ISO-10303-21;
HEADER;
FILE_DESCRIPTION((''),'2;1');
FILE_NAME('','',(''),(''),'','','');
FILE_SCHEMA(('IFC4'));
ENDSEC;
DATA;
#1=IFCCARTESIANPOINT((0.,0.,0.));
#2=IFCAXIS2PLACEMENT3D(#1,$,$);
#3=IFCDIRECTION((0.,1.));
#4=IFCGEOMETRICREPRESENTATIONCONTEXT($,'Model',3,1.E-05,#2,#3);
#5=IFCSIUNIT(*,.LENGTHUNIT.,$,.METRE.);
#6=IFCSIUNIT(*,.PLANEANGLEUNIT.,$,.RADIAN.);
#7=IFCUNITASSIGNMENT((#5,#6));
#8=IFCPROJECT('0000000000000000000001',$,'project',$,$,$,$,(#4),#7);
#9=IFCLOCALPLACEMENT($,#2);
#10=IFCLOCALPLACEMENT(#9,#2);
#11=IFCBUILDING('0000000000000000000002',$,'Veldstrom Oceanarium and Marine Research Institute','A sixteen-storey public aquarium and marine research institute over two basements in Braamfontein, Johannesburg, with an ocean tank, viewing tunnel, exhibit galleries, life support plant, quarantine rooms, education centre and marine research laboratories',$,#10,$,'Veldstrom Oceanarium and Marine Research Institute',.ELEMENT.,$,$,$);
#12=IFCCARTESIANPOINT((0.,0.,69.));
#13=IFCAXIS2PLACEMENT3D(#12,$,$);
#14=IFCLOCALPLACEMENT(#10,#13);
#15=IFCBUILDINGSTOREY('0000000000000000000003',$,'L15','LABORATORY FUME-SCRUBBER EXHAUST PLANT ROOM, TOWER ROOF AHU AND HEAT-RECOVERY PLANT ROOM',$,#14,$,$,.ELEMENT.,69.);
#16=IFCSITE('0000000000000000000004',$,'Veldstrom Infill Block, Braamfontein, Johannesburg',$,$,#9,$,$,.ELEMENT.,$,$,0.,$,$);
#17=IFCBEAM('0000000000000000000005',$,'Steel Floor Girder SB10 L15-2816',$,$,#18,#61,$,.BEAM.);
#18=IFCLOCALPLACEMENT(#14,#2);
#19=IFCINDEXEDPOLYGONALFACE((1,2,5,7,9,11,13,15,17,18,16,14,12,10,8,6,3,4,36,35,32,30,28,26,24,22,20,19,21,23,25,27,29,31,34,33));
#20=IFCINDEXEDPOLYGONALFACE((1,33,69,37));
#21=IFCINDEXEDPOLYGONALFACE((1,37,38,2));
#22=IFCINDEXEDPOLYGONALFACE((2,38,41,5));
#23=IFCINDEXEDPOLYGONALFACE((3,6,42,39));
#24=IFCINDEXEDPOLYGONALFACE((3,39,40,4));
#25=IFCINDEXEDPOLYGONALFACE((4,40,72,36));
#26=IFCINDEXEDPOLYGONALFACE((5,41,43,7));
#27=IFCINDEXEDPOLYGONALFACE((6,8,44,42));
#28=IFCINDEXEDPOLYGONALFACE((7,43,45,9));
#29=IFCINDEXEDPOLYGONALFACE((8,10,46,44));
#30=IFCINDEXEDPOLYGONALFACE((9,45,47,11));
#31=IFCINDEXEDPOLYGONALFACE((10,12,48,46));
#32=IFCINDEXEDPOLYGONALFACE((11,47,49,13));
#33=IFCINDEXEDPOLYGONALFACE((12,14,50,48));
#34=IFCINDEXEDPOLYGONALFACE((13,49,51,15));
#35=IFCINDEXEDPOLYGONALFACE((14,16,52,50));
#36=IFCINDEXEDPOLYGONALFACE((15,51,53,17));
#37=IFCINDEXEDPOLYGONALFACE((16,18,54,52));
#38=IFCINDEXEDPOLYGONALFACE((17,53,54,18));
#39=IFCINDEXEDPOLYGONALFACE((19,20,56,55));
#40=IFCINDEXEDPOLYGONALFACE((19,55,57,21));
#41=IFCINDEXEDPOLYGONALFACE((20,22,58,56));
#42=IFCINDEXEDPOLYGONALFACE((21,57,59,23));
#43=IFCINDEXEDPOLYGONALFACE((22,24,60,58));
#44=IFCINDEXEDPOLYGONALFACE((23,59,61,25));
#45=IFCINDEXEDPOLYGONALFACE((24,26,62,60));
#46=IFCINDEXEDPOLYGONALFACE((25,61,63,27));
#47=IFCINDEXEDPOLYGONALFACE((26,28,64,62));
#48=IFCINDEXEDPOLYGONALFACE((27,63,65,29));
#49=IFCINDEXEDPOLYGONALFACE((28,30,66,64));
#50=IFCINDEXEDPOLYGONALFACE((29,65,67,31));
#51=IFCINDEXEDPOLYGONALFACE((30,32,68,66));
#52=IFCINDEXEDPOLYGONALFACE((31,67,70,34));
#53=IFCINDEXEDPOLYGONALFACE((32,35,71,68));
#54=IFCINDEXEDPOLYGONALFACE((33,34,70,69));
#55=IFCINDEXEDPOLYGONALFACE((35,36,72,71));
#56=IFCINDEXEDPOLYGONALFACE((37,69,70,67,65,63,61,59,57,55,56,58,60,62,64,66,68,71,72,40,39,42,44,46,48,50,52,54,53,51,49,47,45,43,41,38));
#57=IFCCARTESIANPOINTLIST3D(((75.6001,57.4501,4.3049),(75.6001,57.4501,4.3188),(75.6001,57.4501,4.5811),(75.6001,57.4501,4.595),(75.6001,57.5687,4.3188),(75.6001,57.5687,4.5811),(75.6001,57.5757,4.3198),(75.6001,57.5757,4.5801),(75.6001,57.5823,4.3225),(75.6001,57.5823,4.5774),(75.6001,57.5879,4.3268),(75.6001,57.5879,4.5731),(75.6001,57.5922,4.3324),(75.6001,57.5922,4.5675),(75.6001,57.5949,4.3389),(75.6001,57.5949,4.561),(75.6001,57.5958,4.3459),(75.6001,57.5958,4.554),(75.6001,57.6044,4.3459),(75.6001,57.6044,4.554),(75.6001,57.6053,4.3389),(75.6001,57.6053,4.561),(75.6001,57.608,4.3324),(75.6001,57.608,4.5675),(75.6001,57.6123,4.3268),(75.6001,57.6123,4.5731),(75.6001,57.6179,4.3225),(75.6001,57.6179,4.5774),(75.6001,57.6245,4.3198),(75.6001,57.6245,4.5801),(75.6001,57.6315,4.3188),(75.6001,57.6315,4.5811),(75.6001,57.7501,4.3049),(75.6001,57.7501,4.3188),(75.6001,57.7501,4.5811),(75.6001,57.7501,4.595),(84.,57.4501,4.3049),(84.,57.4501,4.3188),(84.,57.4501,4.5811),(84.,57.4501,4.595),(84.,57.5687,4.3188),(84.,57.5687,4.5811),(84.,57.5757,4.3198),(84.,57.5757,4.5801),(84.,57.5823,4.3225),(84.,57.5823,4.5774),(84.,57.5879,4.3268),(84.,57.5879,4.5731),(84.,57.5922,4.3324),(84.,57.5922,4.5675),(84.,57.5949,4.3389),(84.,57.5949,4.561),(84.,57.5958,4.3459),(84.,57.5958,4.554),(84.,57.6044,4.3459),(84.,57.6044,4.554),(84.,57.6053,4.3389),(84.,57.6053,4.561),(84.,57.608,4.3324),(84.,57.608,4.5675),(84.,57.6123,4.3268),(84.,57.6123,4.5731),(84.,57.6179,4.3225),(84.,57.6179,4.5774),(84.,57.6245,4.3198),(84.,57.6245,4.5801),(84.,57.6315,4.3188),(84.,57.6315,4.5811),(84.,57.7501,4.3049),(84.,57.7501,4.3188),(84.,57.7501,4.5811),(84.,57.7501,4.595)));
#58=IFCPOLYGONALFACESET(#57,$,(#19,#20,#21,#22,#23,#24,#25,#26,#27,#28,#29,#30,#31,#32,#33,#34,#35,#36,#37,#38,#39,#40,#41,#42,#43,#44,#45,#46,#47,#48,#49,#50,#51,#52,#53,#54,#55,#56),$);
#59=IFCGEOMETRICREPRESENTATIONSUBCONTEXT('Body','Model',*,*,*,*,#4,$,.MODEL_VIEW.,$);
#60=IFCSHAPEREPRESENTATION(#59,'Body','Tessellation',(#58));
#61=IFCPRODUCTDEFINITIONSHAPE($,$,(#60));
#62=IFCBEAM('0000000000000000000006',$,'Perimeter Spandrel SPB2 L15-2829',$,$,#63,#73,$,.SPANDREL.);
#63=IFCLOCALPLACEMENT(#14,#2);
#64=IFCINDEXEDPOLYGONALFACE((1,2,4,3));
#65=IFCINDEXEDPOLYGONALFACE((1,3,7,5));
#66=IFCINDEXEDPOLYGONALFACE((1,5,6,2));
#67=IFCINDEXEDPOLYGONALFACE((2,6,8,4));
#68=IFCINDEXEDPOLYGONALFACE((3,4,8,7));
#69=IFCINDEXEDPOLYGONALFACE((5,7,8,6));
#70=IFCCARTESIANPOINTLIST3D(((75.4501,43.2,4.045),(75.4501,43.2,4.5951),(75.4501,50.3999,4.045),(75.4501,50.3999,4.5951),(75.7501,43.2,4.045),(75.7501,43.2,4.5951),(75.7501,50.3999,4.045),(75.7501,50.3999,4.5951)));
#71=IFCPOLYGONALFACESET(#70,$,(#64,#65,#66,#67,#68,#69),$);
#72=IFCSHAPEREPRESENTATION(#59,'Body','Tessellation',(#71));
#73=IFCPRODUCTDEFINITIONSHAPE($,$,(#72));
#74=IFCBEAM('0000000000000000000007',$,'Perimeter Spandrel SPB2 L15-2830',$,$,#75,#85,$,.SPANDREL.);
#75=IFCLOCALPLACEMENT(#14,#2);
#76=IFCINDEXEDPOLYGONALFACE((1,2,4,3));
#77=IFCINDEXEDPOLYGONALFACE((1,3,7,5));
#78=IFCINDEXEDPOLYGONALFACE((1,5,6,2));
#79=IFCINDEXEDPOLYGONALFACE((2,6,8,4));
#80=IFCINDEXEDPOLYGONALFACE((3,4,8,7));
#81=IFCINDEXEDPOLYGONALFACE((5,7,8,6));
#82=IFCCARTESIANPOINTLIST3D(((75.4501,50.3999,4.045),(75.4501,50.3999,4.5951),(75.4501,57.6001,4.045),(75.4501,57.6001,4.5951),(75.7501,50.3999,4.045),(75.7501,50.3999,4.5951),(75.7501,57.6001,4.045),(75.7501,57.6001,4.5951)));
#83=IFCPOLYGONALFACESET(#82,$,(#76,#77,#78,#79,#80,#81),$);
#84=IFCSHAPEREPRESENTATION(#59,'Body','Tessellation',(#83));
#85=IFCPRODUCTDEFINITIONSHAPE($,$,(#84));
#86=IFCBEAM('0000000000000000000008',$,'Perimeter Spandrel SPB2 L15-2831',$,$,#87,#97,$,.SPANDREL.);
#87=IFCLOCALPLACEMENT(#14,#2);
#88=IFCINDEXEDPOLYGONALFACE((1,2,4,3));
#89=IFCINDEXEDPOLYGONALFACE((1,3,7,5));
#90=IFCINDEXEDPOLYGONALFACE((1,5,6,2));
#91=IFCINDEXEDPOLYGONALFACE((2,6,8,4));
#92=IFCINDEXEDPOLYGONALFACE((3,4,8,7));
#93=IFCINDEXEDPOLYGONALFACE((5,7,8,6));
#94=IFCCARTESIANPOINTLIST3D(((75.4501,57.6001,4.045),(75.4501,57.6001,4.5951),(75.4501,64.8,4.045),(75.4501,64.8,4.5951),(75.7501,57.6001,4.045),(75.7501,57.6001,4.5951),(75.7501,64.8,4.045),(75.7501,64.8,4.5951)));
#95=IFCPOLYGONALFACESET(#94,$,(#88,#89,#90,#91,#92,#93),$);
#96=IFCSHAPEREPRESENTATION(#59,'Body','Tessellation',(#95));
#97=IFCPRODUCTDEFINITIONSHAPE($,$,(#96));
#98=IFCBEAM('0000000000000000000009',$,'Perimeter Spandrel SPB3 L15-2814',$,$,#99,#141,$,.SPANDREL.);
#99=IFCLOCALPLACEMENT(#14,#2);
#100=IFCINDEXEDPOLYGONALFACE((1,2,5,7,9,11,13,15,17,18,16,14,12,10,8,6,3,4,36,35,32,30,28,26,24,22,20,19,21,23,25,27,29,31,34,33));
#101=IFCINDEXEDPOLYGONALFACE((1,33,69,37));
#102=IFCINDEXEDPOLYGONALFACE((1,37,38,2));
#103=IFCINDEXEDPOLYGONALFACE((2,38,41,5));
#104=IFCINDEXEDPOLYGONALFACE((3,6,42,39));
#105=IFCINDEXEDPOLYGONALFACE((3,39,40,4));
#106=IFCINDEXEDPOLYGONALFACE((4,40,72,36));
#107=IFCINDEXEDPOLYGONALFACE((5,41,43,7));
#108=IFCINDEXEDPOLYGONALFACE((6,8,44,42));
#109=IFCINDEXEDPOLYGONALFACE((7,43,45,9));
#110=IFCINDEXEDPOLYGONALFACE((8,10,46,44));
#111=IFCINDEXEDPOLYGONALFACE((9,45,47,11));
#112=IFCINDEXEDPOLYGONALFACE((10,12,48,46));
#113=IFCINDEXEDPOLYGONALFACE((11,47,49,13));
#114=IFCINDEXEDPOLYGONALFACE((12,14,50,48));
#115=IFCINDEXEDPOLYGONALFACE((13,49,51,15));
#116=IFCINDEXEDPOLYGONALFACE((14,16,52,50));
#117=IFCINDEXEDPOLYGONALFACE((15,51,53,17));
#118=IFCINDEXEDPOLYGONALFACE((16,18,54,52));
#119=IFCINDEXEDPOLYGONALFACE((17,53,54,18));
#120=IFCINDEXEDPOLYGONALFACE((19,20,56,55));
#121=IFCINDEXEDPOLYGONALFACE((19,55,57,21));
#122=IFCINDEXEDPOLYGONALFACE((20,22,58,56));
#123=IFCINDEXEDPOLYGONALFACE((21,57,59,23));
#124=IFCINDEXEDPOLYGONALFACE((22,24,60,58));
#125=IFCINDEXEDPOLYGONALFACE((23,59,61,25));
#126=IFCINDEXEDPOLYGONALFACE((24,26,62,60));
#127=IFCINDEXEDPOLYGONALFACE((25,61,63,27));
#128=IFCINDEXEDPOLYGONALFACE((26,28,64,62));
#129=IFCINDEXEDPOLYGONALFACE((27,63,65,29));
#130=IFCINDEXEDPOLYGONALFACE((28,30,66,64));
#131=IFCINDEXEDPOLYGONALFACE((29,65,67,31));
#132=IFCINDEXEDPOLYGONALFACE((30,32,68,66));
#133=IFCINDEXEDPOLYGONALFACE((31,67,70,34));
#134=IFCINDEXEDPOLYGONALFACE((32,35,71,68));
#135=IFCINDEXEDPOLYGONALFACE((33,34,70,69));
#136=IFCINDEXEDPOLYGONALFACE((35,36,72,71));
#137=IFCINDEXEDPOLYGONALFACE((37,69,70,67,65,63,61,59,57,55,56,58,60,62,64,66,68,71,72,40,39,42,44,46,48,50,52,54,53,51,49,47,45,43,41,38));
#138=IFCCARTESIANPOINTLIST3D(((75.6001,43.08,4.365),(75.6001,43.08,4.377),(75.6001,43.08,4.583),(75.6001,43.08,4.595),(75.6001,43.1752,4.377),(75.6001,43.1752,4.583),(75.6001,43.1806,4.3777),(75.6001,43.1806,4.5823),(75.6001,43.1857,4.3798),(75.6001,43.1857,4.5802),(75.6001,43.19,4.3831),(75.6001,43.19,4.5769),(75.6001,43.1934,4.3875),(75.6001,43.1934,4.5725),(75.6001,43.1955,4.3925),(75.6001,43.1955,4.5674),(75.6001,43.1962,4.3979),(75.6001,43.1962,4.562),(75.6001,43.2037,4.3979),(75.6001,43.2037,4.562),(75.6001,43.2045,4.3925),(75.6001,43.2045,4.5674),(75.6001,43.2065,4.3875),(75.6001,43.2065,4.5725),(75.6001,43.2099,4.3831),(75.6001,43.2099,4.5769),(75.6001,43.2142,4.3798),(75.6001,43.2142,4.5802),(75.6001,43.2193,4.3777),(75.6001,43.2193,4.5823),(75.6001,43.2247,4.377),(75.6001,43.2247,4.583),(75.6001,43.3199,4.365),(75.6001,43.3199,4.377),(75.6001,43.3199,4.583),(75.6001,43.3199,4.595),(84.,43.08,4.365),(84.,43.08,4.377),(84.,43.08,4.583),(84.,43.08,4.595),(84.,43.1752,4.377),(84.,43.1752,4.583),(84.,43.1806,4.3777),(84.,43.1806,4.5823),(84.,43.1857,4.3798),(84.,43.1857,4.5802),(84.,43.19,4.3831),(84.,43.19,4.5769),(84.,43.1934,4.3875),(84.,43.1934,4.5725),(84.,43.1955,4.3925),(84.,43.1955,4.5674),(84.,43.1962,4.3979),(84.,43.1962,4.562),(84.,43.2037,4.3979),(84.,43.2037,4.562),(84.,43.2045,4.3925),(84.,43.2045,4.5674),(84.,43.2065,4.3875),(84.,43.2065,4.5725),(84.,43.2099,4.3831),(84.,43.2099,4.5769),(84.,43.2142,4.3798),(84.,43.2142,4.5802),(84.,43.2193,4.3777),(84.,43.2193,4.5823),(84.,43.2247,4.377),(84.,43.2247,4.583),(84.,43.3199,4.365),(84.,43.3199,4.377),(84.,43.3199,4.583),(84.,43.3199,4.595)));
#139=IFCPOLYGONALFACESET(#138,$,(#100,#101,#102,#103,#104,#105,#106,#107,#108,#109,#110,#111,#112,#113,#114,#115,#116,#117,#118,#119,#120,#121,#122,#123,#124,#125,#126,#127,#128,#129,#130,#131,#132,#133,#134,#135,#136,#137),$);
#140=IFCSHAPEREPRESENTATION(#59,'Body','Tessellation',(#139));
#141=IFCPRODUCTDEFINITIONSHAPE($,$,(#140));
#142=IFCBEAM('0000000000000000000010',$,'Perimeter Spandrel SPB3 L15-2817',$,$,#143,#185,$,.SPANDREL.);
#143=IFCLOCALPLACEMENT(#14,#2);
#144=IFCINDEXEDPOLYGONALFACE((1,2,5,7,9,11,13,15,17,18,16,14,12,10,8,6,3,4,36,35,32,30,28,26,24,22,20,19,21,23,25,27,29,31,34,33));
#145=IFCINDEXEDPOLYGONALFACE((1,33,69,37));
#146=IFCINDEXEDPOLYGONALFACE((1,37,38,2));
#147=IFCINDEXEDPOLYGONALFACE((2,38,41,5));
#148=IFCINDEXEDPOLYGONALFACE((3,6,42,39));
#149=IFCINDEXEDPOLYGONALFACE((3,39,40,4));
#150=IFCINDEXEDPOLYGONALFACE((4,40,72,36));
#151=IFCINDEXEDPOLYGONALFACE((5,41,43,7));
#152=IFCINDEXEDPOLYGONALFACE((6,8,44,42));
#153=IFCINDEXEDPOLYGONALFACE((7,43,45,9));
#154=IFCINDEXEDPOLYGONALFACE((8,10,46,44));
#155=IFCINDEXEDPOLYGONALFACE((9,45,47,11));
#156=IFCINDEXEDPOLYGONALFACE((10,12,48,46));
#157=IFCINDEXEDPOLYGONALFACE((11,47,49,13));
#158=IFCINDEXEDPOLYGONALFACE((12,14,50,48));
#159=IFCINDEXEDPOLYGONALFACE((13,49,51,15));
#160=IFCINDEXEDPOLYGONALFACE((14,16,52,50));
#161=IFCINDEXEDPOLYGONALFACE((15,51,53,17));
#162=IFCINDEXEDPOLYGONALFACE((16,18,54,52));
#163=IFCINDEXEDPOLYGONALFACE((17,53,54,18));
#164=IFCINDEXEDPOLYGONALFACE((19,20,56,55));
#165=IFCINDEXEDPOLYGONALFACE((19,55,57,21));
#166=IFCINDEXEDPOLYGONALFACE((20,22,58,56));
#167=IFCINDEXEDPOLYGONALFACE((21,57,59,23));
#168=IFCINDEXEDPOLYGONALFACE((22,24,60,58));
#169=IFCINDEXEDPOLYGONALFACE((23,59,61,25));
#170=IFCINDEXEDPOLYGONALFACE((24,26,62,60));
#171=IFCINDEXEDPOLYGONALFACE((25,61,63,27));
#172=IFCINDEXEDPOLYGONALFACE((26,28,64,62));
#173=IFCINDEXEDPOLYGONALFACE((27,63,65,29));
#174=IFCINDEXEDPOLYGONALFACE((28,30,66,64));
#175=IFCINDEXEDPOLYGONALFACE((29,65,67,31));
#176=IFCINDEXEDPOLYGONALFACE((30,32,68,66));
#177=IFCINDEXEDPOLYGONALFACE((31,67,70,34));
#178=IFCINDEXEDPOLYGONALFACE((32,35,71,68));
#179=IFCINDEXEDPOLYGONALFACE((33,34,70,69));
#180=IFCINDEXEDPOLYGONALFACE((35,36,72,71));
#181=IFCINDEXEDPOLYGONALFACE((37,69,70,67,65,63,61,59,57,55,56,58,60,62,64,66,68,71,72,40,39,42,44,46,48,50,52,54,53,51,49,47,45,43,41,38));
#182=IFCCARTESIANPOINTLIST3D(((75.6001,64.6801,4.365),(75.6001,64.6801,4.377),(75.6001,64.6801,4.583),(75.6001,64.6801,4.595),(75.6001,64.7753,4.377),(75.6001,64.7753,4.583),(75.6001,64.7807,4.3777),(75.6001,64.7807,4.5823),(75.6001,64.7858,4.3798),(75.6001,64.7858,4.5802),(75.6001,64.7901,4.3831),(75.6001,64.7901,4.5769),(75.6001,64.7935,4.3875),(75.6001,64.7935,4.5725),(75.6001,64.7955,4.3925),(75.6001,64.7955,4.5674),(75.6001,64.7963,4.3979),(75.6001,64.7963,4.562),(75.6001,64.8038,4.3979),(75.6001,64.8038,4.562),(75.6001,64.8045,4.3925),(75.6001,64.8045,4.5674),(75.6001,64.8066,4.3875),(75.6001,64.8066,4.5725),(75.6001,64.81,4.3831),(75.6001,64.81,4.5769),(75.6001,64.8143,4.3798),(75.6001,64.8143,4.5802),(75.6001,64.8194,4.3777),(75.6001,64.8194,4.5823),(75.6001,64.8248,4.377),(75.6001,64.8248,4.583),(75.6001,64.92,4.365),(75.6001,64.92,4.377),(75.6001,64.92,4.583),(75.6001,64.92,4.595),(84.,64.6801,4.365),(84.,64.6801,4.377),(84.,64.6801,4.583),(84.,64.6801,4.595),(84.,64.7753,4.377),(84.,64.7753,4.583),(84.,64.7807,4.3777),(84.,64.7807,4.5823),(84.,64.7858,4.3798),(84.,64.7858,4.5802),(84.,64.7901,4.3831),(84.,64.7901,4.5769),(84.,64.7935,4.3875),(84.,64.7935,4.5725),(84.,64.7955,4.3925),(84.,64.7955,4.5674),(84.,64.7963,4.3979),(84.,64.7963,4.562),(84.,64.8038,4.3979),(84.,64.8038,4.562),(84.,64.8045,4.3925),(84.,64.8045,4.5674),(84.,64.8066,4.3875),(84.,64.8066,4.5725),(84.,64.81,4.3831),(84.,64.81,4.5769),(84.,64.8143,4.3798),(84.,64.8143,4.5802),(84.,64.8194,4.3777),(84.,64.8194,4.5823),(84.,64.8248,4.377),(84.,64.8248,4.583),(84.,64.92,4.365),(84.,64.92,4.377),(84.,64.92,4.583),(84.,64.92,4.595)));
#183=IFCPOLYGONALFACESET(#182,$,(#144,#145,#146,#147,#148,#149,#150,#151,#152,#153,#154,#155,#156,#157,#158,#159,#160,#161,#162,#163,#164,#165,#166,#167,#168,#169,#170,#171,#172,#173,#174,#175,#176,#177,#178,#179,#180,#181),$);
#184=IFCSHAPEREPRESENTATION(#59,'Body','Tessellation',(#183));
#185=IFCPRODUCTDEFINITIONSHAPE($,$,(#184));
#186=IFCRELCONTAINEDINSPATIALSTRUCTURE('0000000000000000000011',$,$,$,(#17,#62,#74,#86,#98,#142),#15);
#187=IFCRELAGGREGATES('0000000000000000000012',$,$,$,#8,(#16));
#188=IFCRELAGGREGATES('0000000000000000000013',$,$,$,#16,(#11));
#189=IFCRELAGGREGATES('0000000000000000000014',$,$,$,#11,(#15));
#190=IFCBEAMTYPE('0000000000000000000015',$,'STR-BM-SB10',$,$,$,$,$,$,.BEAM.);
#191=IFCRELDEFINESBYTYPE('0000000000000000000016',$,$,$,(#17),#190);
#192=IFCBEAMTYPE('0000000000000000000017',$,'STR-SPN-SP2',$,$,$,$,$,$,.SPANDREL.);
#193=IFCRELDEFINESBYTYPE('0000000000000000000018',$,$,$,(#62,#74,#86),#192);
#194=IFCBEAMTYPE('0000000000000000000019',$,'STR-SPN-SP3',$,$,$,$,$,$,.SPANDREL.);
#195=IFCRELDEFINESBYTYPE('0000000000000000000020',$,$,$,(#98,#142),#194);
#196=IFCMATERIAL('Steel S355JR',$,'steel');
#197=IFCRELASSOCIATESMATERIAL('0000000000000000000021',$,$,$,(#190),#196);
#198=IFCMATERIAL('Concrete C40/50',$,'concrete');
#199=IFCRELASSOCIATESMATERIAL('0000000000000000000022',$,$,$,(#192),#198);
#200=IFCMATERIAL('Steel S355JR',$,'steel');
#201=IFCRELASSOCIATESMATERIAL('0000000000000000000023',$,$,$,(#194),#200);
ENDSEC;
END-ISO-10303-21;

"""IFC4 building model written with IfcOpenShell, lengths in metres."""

from ifc_helpers import new_model, si_unit, direction, frame, origin, origin_2d, place, context, subcontext, project, spatial, rectangle, i_section, extrude, material, material_profile, profile_set, type_object, element, save


model = new_model("IFC4")

# Units and contexts
model_context = context("Model", 3, precision=1e-05, world=origin(), true_north=direction((0.0, 1.0)))
body_context = subcontext(model_context, "Body", "Model", "MODEL_VIEW")
ifc_project = project(units=[si_unit("LENGTHUNIT", "METRE"), si_unit("PLANEANGLEUNIT", "RADIAN")], contexts=[model_context])

# Site, building, storey
site_placement = place(None, origin())
site = spatial("IfcSite", under=ifc_project, at=site_placement, Name="Veldstrom Infill Block, Braamfontein, Johannesburg", CompositionType="ELEMENT", RefElevation=0.0)
building_placement = place(site_placement, origin())
building = spatial("IfcBuilding", under=site, at=building_placement, Name="Veldstrom Oceanarium and Marine Research Institute", Description="A sixteen-storey public aquarium and marine research institute over two basements in Braamfontein, Johannesburg, with an ocean tank, viewing tunnel, exhibit galleries, life support plant, quarantine rooms, education centre and marine research laboratories", LongName="Veldstrom Oceanarium and Marine Research Institute", CompositionType="ELEMENT")
storey_placement = place(building_placement, frame((0.0, 0.0, 69.0)))
storey = spatial("IfcBuildingStorey", under=building, at=storey_placement, Name="L15", Description="LABORATORY FUME-SCRUBBER EXHAUST PLANT ROOM, TOWER ROOF AHU AND HEAT-RECOVERY PLANT ROOM", CompositionType="ELEMENT", Elevation=69.0)

# Beams
ifc_material_1 = material(Name="Steel S355JR", Category="steel")
ifc_material_profile_1 = material_profile(ifc_material_1, i_section(OverallWidth=0.3, OverallDepth=0.29, WebThickness=0.0085, FlangeThickness=0.0139, FilletRadius=0.0271, at=origin_2d()), Name="HEA 300")
ifc_profile_set_1 = profile_set([ifc_material_profile_1], Name="Steel S355JR")
beam_type_1 = type_object("IfcBeamType", Name="STR-BM-SB10", PredefinedType="BEAM", material=ifc_profile_set_1)
for number, where, z_axis, x_axis, name in (
    (1, (75.6001, 57.6001, 4.45), (1.0, 0.0, 0.0), (0.0, 1.0, 0.0), "Steel Floor Girder SB10 L15-2816"),
):
    element("IfcBeam", number, at=place(storey_placement, frame(where, z_axis=z_axis, x_axis=x_axis)), inside=storey, type_object=beam_type_1, Name=name, PredefinedType="BEAM", context=body_context, shape_type="SweptSolid", body=[
        extrude(i_section(OverallWidth=0.3, OverallDepth=0.29, WebThickness=0.0085, FlangeThickness=0.0139, FilletRadius=0.0271, at=origin_2d()), origin(), (0.0, 0.0, 1.0), 8.3999),
    ])
ifc_material_2 = material(Name="Concrete C40/50", Category="concrete")
ifc_material_profile_2 = material_profile(ifc_material_2, rectangle(XDim=0.3, YDim=0.55, at=origin_2d()), Name="RC-SPN-300x550")
ifc_profile_set_2 = profile_set([ifc_material_profile_2], Name="Concrete C40/50")
beam_type_2 = type_object("IfcBeamType", Name="STR-SPN-SP2", PredefinedType="SPANDREL", material=ifc_profile_set_2)
beam_1_placement = place(storey_placement, frame((75.6001, 43.2, 4.3201), z_axis=(0.0, 1.0, 0.0), x_axis=(-1.0, 0.0, 0.0)))
element("IfcBeam", 2, at=beam_1_placement, inside=storey, type_object=beam_type_2, Name="Perimeter Spandrel SPB2 L15-2829", PredefinedType="SPANDREL", context=body_context, shape_type="SweptSolid", body=[
    extrude(rectangle(XDim=0.3, YDim=0.55, at=origin_2d()), origin(), (0.0, 0.0, 1.0), 7.2),
])
beam_2_placement = place(storey_placement, frame((75.6001, 50.3999, 4.3201), z_axis=(0.0, 1.0, 0.0), x_axis=(-1.0, 0.0, 0.0)))
element("IfcBeam", 3, at=beam_2_placement, inside=storey, type_object=beam_type_2, Name="Perimeter Spandrel SPB2 L15-2830", PredefinedType="SPANDREL", context=body_context, shape_type="SweptSolid", body=[
    extrude(rectangle(XDim=0.3, YDim=0.55, at=origin_2d()), origin(), (0.0, 0.0, 1.0), 7.2002),
])
beam_3_placement = place(storey_placement, frame((75.6001, 57.6001, 4.3201), z_axis=(0.0, 1.0, 0.0), x_axis=(-1.0, 0.0, 0.0)))
element("IfcBeam", 4, at=beam_3_placement, inside=storey, type_object=beam_type_2, Name="Perimeter Spandrel SPB2 L15-2831", PredefinedType="SPANDREL", context=body_context, shape_type="SweptSolid", body=[
    extrude(rectangle(XDim=0.3, YDim=0.55, at=origin_2d()), origin(), (0.0, 0.0, 1.0), 7.2),
])
ifc_material_3 = material(Name="Steel S355JR", Category="steel")
ifc_material_profile_3 = material_profile(ifc_material_3, i_section(OverallWidth=0.24, OverallDepth=0.23, WebThickness=0.0076, FlangeThickness=0.012, FilletRadius=0.021, at=origin_2d()), Name="HEA 240")
ifc_profile_set_3 = profile_set([ifc_material_profile_3], Name="Steel S355JR")
beam_type_3 = type_object("IfcBeamType", Name="STR-SPN-SP3", PredefinedType="SPANDREL", material=ifc_profile_set_3)
for number, where, z_axis, x_axis, name in (
    (5, (75.6001, 43.2, 4.48), (1.0, 0.0, 0.0), (0.0, 1.0, 0.0), "Perimeter Spandrel SPB3 L15-2814"),
    (6, (75.6001, 64.8, 4.48), (1.0, 0.0, 0.0), (0.0, 1.0, 0.0), "Perimeter Spandrel SPB3 L15-2817"),
):
    element("IfcBeam", number, at=place(storey_placement, frame(where, z_axis=z_axis, x_axis=x_axis)), inside=storey, type_object=beam_type_3, Name=name, PredefinedType="SPANDREL", context=body_context, shape_type="SweptSolid", body=[
        extrude(i_section(OverallWidth=0.24, OverallDepth=0.23, WebThickness=0.0076, FlangeThickness=0.012, FilletRadius=0.021, at=origin_2d()), origin(), (0.0, 0.0, 1.0), 8.3999),
    ])

save(model, "model.ifc")
